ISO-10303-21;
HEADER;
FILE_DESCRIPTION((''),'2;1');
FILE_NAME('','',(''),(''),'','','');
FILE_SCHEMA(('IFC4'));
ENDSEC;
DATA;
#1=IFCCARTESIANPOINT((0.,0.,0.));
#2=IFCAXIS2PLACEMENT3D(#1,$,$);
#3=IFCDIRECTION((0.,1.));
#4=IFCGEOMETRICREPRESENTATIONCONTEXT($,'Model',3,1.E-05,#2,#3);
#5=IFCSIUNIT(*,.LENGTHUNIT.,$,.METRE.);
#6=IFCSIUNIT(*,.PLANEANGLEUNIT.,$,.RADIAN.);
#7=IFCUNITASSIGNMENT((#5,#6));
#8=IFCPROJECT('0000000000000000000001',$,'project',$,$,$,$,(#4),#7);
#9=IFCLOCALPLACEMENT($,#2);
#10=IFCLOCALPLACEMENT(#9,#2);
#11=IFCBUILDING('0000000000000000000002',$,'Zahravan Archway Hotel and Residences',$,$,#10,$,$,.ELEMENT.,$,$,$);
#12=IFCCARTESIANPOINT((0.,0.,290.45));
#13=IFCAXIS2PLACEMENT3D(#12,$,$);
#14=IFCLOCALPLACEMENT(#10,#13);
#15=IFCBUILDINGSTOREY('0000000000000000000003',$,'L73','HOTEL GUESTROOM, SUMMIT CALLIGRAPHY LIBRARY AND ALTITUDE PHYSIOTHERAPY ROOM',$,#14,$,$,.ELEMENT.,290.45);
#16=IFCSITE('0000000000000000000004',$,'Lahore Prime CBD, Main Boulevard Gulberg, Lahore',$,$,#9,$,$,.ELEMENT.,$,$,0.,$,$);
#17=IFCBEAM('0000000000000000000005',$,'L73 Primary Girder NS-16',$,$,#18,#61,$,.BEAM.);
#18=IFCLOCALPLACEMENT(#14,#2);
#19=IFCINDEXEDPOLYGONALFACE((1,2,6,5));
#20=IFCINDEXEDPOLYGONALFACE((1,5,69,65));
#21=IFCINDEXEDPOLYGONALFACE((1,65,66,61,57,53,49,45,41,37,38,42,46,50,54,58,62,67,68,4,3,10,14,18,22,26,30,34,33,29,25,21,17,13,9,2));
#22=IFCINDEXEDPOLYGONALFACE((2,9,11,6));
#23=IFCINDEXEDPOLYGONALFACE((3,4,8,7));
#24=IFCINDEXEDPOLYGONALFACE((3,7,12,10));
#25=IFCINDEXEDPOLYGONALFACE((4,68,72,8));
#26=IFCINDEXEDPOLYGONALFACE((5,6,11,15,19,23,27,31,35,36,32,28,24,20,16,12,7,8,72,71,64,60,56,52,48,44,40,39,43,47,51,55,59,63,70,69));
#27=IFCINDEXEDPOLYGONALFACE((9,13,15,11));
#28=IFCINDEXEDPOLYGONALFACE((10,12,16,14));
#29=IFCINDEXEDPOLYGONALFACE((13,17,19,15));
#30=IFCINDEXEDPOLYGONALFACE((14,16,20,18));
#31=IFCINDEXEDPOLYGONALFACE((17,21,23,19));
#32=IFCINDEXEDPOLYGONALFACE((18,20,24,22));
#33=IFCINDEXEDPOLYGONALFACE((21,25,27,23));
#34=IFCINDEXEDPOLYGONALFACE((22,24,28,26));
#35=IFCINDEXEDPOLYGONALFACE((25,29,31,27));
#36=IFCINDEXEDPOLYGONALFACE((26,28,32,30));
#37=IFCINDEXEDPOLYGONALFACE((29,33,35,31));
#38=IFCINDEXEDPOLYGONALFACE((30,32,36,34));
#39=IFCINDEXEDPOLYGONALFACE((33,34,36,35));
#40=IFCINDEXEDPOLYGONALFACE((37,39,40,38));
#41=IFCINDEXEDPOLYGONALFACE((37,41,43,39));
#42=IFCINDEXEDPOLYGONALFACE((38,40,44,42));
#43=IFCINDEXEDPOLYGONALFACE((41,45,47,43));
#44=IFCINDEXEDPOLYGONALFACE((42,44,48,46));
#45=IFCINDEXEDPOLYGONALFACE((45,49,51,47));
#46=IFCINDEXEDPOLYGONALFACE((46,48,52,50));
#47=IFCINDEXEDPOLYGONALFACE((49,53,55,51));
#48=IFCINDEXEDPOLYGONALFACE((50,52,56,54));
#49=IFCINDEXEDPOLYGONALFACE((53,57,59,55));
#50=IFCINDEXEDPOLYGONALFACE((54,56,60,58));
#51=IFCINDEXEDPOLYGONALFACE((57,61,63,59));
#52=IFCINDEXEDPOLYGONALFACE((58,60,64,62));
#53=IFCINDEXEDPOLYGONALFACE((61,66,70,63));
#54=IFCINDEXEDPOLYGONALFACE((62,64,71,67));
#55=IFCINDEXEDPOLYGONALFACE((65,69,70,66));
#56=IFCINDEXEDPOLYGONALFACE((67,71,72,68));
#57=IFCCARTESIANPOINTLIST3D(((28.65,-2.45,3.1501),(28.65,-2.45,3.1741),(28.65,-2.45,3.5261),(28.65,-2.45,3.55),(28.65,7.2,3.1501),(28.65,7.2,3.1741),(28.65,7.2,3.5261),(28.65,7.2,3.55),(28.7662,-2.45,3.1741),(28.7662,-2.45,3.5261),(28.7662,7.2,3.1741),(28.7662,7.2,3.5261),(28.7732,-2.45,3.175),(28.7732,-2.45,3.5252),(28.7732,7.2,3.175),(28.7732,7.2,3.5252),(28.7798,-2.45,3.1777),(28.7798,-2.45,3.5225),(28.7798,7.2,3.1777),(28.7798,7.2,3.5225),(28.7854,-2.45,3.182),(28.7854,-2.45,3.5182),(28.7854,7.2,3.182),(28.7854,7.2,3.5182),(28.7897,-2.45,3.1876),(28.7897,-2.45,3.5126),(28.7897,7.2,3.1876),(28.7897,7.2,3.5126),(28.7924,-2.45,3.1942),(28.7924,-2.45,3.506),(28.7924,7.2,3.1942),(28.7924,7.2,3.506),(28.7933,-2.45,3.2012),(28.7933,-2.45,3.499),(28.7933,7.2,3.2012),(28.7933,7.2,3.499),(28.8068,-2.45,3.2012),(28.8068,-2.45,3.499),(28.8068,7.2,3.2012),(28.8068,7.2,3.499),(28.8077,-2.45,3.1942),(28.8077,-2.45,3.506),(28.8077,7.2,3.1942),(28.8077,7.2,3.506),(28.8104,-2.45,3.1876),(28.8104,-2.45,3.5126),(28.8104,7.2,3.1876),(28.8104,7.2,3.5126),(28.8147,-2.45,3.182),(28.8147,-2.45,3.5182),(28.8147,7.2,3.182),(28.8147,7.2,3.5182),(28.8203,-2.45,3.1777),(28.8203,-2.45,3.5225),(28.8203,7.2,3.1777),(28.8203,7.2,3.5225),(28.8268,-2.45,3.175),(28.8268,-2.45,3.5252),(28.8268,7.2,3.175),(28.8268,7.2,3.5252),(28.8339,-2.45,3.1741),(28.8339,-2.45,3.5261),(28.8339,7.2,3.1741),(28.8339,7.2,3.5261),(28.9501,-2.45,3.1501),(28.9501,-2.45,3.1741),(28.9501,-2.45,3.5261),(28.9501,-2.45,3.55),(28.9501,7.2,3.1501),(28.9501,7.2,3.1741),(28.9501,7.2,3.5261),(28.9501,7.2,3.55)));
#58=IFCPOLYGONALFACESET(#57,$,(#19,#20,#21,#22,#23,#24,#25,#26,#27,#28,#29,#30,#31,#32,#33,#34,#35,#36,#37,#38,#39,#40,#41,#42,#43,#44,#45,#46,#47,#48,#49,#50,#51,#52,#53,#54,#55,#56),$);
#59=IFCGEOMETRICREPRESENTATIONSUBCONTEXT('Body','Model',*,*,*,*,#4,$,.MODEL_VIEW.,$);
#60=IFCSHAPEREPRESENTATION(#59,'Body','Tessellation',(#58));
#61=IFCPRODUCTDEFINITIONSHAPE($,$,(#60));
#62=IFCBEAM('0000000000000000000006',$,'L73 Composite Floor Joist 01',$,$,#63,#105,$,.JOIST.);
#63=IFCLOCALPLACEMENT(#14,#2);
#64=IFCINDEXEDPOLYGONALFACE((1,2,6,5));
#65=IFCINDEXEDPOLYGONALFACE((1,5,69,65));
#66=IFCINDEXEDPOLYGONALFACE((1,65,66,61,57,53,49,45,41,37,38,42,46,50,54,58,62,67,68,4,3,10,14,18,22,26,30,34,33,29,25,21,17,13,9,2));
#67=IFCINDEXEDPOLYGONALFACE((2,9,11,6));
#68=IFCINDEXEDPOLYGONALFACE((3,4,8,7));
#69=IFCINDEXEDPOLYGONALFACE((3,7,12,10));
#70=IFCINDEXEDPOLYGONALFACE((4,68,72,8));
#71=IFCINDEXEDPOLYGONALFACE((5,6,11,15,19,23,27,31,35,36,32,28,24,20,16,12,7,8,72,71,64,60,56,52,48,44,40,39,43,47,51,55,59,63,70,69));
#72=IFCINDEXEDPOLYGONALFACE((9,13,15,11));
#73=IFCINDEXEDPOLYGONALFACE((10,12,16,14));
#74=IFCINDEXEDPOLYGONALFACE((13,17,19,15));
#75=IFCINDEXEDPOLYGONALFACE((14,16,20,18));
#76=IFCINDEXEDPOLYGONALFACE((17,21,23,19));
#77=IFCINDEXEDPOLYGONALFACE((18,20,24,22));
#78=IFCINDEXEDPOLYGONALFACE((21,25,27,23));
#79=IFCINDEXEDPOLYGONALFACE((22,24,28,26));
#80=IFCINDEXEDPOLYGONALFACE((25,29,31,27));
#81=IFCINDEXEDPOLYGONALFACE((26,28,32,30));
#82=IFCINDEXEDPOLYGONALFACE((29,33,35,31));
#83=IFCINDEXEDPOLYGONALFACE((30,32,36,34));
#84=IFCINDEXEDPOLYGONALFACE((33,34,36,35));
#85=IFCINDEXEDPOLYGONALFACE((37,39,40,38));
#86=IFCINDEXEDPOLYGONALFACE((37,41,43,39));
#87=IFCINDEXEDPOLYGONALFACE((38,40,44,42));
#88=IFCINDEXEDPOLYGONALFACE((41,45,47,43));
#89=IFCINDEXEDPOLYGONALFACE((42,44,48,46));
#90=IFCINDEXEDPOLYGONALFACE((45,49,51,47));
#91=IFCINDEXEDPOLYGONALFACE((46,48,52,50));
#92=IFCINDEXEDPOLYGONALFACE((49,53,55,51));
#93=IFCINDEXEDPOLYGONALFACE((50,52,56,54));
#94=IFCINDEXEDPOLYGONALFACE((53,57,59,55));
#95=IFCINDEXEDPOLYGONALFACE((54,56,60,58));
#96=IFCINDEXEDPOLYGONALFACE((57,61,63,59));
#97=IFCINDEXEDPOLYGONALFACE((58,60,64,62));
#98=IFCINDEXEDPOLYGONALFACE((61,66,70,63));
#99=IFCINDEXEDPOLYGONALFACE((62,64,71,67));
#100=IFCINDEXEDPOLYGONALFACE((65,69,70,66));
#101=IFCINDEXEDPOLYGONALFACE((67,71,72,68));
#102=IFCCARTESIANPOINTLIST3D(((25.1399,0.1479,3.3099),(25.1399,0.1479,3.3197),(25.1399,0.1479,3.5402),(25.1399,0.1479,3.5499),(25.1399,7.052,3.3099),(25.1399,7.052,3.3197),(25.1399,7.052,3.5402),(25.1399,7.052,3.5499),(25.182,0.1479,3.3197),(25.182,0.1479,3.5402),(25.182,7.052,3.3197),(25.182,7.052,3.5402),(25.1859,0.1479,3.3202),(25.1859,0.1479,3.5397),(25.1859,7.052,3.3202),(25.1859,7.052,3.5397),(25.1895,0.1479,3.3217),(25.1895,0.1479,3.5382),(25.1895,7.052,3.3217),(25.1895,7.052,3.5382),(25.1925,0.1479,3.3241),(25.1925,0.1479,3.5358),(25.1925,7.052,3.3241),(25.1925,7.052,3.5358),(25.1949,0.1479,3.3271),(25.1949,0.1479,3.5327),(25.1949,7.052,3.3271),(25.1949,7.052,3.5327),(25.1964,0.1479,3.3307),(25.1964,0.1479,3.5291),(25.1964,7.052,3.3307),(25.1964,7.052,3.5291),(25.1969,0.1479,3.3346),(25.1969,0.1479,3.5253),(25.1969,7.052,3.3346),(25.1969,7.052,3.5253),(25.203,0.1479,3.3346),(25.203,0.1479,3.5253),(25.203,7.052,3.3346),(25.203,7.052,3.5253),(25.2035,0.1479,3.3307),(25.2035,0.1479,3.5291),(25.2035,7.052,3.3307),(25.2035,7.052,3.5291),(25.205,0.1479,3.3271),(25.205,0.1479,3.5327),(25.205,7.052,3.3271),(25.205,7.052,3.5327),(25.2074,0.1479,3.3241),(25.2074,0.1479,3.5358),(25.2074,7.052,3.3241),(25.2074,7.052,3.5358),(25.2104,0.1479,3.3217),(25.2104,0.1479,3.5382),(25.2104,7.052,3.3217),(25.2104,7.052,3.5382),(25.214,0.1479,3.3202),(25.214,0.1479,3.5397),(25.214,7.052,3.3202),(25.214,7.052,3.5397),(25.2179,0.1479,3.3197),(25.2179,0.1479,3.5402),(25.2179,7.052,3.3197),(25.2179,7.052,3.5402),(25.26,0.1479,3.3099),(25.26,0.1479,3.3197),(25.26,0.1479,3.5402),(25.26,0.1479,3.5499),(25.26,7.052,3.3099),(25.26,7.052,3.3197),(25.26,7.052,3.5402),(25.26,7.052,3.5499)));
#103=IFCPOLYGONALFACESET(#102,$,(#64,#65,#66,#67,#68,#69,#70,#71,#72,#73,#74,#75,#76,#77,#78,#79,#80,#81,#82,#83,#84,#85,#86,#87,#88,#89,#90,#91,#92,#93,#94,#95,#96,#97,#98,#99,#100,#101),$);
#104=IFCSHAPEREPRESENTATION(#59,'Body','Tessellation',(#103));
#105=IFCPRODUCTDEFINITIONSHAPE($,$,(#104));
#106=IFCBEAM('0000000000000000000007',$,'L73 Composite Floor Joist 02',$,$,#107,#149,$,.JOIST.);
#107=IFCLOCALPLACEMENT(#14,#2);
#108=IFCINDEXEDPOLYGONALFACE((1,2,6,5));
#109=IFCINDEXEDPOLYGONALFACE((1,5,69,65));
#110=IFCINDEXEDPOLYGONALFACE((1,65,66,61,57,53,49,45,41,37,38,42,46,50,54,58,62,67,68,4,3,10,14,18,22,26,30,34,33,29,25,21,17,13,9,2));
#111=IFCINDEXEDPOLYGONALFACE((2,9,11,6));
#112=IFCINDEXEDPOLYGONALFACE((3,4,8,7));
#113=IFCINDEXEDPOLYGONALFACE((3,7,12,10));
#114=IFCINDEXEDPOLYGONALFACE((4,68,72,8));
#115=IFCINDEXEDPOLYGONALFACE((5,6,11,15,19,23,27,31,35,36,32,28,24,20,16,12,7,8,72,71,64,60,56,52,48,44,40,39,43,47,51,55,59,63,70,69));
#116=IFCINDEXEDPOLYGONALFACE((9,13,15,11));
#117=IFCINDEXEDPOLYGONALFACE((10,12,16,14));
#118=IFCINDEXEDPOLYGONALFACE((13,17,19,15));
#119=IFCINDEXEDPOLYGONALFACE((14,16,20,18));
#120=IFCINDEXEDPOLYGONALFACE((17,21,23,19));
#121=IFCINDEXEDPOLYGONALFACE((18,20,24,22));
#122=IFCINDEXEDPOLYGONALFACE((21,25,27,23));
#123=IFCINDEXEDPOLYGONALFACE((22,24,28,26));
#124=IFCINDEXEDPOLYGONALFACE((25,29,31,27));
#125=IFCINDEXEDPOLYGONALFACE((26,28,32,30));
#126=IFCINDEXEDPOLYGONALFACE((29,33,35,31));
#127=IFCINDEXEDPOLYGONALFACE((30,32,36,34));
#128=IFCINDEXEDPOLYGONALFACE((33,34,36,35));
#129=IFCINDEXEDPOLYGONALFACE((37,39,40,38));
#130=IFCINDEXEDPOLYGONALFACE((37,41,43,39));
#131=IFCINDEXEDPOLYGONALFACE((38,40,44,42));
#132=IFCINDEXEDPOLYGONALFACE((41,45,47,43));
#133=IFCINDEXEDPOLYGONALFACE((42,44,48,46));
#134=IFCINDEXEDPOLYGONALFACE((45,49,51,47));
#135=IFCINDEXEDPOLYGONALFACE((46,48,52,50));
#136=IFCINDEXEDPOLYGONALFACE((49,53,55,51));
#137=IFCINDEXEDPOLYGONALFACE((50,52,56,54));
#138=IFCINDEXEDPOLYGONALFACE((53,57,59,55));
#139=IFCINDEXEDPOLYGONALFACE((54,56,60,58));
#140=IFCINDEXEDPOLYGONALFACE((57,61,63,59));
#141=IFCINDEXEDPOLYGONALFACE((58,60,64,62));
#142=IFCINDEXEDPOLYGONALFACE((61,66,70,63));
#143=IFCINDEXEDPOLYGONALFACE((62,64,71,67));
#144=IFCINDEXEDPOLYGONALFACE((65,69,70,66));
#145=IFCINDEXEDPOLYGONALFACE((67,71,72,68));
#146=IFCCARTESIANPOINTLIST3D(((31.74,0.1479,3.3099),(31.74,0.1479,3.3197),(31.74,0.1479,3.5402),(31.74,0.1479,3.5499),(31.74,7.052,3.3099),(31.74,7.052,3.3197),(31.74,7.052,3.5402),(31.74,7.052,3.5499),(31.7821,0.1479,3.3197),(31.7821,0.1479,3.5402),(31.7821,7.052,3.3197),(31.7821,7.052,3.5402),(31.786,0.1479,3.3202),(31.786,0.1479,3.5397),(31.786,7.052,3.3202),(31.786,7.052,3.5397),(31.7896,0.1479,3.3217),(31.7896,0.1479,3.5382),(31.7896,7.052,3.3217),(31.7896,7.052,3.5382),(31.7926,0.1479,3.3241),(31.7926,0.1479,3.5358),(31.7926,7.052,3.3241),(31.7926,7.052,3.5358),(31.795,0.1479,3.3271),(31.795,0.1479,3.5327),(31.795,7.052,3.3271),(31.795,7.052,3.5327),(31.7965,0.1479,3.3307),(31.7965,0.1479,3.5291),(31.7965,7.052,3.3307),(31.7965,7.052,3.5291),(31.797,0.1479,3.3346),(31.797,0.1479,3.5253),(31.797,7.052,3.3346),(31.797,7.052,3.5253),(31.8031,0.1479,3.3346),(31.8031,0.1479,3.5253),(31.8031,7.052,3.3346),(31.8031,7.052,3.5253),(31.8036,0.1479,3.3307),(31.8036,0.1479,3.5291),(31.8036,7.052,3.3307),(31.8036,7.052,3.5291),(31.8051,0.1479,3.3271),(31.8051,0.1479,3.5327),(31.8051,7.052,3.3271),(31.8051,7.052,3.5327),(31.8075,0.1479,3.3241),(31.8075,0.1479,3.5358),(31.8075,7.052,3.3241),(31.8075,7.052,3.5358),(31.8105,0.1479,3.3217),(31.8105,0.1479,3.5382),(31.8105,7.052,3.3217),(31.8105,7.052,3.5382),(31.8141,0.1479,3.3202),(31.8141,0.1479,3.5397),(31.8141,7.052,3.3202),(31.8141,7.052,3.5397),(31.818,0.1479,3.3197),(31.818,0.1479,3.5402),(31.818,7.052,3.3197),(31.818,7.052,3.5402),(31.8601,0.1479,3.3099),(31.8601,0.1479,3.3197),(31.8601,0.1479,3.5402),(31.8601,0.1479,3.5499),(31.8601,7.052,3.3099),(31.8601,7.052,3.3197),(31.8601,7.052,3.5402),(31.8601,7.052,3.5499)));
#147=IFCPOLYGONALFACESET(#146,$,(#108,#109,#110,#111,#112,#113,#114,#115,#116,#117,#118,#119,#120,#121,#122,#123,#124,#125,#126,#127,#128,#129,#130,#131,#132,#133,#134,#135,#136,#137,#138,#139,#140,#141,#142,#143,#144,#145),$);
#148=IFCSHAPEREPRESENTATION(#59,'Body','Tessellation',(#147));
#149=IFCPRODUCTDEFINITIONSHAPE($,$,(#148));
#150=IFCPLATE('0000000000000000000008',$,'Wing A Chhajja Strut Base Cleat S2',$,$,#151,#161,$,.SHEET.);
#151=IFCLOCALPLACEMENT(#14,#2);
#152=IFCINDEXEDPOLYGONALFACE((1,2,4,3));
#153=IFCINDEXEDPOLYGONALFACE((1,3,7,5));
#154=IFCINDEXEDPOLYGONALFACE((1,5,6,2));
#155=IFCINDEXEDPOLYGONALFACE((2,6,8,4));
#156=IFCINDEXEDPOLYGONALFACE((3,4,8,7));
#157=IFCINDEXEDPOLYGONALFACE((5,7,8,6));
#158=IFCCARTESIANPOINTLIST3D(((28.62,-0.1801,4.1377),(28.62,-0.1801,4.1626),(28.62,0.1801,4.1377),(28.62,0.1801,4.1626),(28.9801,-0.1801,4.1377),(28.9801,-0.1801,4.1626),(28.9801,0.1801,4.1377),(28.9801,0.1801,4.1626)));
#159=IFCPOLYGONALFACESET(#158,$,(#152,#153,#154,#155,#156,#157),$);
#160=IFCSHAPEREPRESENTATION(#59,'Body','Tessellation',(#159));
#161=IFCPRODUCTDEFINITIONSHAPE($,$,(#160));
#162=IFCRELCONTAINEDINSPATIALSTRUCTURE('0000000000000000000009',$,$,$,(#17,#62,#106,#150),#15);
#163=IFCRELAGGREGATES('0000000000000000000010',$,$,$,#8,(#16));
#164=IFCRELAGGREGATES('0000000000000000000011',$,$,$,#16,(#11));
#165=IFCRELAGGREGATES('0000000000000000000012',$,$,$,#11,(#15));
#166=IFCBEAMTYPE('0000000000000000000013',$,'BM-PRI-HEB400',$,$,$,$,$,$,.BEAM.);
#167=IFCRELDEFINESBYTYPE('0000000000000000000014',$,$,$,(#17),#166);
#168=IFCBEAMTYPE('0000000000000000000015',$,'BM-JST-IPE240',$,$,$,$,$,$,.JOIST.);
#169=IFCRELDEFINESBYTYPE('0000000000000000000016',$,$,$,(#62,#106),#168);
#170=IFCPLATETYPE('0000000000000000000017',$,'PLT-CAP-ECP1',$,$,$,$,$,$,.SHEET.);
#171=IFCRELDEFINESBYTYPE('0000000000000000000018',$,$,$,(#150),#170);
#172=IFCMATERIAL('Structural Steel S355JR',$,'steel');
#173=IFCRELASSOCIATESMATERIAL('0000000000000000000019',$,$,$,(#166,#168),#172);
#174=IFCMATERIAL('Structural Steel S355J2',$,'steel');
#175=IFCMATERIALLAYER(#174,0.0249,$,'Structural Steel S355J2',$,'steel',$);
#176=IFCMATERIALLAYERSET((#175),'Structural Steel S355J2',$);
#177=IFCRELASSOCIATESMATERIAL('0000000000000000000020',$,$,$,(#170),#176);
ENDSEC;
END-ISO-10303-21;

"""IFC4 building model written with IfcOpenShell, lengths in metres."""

from ifc_helpers import new_model, si_unit, direction, frame, origin, origin_2d, place, context, subcontext, project, spatial, rectangle, i_section, extrude, source, transform, mapped, material, layer, layer_set, material_profile, profile_set, type_object, type_shapes, element, save


model = new_model("IFC4")

# Units and contexts
model_context = context("Model", 3, precision=1e-05, world=origin(), true_north=direction((0.0, 1.0)))
body_context = subcontext(model_context, "Body", "Model", "MODEL_VIEW")
ifc_project = project(units=[si_unit("LENGTHUNIT", "METRE"), si_unit("PLANEANGLEUNIT", "RADIAN")], contexts=[model_context])

# Site, building, storey
site_placement = place(None, origin())
site = spatial("IfcSite", under=ifc_project, at=site_placement, Name="Lahore Prime CBD, Main Boulevard Gulberg, Lahore", CompositionType="ELEMENT", RefElevation=0.0)
building_placement = place(site_placement, origin())
building = spatial("IfcBuilding", under=site, at=building_placement, Name="Zahravan Archway Hotel and Residences", CompositionType="ELEMENT")
storey_placement = place(building_placement, frame((0.0, 0.0, 290.45)))
storey = spatial("IfcBuildingStorey", under=building, at=storey_placement, Name="L73", Description="HOTEL GUESTROOM, SUMMIT CALLIGRAPHY LIBRARY AND ALTITUDE PHYSIOTHERAPY ROOM", CompositionType="ELEMENT", Elevation=290.45)

# Beams
ifc_material_1 = material(Name="Structural Steel S355JR", Category="steel")
ifc_material_profile_1 = material_profile(ifc_material_1, i_section(OverallWidth=0.3, OverallDepth=0.3999, WebThickness=0.0134, FlangeThickness=0.0239, FilletRadius=0.0271, at=origin_2d()), Name="HEB 400", Category="steel")
ifc_profile_set_1 = profile_set([ifc_material_profile_1], Name="Structural Steel S355JR")
beam_type_1 = type_object("IfcBeamType", Name="BM-PRI-HEB400", PredefinedType="BEAM", material=ifc_profile_set_1)
shared_shape_1 = source(origin(), body_context, "Body", "SweptSolid", [
    extrude(i_section(OverallWidth=0.3, OverallDepth=0.3999, WebThickness=0.0134, FlangeThickness=0.0239, FilletRadius=0.0271, at=origin_2d()), origin(), (0.0, 0.0, 1.0), 9.6499),
])
beam_1_placement = place(storey_placement, frame((28.8, -2.45, 3.3501), z_axis=(0.0, 1.0, 0.0), x_axis=(-1.0, 0.0, 0.0)))
element("IfcBeam", 1, at=beam_1_placement, inside=storey, type_object=beam_type_1, Name="L73 Primary Girder NS-16", PredefinedType="BEAM", context=body_context, shape_type="MappedRepresentation", body=[
    mapped(shared_shape_1, transform((0.0, 0.0, 0.0), scale=1.0)),
])
ifc_material_profile_2 = material_profile(ifc_material_1, i_section(OverallWidth=0.1201, OverallDepth=0.24, WebThickness=0.0061, FlangeThickness=0.0098, FilletRadius=0.0149, at=origin_2d()), Name="IPE 240", Category="steel")
ifc_profile_set_2 = profile_set([ifc_material_profile_2], Name="Structural Steel S355JR")
beam_type_2 = type_object("IfcBeamType", Name="BM-JST-IPE240", PredefinedType="JOIST", material=ifc_profile_set_2)
shared_shape_2 = source(origin(), body_context, "Body", "SweptSolid", [
    extrude(i_section(OverallWidth=0.1201, OverallDepth=0.24, WebThickness=0.0061, FlangeThickness=0.0098, FilletRadius=0.0149, at=origin_2d()), origin(), (0.0, 0.0, 1.0), 6.9041),
])
type_shapes(beam_type_2, [shared_shape_2])
for number, where, z_axis, x_axis, name in (
    (2, (25.2, 0.1479, 3.4299), (0.0, 1.0, 0.0), (-1.0, 0.0, 0.0), "L73 Composite Floor Joist 01"),
    (3, (31.8, 0.1479, 3.4299), (0.0, 1.0, 0.0), (-1.0, 0.0, 0.0), "L73 Composite Floor Joist 02"),
):
    element("IfcBeam", number, at=place(storey_placement, frame(where, z_axis=z_axis, x_axis=x_axis)), inside=storey, type_object=beam_type_2, Name=name, PredefinedType="JOIST", context=body_context, shape_type="MappedRepresentation", body=[
        mapped(shared_shape_2, transform((0.0, 0.0, 0.0), scale=1.0)),
    ])

# Plate
ifc_material_2 = material(Name="Structural Steel S355J2", Category="steel")
ifc_layer_1 = layer(ifc_material_2, 0.0249, Name="Structural Steel S355J2", Category="steel")
ifc_layer_set_1 = layer_set([ifc_layer_1], Name="Structural Steel S355J2")
plate_type = type_object("IfcPlateType", Name="PLT-CAP-ECP1", PredefinedType="SHEET", material=ifc_layer_set_1)
shared_shape_3 = source(origin(), body_context, "Body", "SweptSolid", [
    extrude(rectangle(XDim=0.3601, YDim=0.3601, at=origin_2d()), origin(), (0.0, 0.0, 1.0), 0.0249),
])
type_shapes(plate_type, [shared_shape_3])
plate_placement = place(storey_placement, frame((28.8, 0.0, 4.1377), z_axis=(0.0, 0.0, 1.0), x_axis=(1.0, 0.0, 0.0)))
element("IfcPlate", 4, at=plate_placement, inside=storey, type_object=plate_type, Name="Wing A Chhajja Strut Base Cleat S2", PredefinedType="SHEET", context=body_context, shape_type="MappedRepresentation", body=[
    mapped(shared_shape_3, transform((0.0, 0.0, 0.0), scale=1.0)),
])

save(model, "model.ifc")
